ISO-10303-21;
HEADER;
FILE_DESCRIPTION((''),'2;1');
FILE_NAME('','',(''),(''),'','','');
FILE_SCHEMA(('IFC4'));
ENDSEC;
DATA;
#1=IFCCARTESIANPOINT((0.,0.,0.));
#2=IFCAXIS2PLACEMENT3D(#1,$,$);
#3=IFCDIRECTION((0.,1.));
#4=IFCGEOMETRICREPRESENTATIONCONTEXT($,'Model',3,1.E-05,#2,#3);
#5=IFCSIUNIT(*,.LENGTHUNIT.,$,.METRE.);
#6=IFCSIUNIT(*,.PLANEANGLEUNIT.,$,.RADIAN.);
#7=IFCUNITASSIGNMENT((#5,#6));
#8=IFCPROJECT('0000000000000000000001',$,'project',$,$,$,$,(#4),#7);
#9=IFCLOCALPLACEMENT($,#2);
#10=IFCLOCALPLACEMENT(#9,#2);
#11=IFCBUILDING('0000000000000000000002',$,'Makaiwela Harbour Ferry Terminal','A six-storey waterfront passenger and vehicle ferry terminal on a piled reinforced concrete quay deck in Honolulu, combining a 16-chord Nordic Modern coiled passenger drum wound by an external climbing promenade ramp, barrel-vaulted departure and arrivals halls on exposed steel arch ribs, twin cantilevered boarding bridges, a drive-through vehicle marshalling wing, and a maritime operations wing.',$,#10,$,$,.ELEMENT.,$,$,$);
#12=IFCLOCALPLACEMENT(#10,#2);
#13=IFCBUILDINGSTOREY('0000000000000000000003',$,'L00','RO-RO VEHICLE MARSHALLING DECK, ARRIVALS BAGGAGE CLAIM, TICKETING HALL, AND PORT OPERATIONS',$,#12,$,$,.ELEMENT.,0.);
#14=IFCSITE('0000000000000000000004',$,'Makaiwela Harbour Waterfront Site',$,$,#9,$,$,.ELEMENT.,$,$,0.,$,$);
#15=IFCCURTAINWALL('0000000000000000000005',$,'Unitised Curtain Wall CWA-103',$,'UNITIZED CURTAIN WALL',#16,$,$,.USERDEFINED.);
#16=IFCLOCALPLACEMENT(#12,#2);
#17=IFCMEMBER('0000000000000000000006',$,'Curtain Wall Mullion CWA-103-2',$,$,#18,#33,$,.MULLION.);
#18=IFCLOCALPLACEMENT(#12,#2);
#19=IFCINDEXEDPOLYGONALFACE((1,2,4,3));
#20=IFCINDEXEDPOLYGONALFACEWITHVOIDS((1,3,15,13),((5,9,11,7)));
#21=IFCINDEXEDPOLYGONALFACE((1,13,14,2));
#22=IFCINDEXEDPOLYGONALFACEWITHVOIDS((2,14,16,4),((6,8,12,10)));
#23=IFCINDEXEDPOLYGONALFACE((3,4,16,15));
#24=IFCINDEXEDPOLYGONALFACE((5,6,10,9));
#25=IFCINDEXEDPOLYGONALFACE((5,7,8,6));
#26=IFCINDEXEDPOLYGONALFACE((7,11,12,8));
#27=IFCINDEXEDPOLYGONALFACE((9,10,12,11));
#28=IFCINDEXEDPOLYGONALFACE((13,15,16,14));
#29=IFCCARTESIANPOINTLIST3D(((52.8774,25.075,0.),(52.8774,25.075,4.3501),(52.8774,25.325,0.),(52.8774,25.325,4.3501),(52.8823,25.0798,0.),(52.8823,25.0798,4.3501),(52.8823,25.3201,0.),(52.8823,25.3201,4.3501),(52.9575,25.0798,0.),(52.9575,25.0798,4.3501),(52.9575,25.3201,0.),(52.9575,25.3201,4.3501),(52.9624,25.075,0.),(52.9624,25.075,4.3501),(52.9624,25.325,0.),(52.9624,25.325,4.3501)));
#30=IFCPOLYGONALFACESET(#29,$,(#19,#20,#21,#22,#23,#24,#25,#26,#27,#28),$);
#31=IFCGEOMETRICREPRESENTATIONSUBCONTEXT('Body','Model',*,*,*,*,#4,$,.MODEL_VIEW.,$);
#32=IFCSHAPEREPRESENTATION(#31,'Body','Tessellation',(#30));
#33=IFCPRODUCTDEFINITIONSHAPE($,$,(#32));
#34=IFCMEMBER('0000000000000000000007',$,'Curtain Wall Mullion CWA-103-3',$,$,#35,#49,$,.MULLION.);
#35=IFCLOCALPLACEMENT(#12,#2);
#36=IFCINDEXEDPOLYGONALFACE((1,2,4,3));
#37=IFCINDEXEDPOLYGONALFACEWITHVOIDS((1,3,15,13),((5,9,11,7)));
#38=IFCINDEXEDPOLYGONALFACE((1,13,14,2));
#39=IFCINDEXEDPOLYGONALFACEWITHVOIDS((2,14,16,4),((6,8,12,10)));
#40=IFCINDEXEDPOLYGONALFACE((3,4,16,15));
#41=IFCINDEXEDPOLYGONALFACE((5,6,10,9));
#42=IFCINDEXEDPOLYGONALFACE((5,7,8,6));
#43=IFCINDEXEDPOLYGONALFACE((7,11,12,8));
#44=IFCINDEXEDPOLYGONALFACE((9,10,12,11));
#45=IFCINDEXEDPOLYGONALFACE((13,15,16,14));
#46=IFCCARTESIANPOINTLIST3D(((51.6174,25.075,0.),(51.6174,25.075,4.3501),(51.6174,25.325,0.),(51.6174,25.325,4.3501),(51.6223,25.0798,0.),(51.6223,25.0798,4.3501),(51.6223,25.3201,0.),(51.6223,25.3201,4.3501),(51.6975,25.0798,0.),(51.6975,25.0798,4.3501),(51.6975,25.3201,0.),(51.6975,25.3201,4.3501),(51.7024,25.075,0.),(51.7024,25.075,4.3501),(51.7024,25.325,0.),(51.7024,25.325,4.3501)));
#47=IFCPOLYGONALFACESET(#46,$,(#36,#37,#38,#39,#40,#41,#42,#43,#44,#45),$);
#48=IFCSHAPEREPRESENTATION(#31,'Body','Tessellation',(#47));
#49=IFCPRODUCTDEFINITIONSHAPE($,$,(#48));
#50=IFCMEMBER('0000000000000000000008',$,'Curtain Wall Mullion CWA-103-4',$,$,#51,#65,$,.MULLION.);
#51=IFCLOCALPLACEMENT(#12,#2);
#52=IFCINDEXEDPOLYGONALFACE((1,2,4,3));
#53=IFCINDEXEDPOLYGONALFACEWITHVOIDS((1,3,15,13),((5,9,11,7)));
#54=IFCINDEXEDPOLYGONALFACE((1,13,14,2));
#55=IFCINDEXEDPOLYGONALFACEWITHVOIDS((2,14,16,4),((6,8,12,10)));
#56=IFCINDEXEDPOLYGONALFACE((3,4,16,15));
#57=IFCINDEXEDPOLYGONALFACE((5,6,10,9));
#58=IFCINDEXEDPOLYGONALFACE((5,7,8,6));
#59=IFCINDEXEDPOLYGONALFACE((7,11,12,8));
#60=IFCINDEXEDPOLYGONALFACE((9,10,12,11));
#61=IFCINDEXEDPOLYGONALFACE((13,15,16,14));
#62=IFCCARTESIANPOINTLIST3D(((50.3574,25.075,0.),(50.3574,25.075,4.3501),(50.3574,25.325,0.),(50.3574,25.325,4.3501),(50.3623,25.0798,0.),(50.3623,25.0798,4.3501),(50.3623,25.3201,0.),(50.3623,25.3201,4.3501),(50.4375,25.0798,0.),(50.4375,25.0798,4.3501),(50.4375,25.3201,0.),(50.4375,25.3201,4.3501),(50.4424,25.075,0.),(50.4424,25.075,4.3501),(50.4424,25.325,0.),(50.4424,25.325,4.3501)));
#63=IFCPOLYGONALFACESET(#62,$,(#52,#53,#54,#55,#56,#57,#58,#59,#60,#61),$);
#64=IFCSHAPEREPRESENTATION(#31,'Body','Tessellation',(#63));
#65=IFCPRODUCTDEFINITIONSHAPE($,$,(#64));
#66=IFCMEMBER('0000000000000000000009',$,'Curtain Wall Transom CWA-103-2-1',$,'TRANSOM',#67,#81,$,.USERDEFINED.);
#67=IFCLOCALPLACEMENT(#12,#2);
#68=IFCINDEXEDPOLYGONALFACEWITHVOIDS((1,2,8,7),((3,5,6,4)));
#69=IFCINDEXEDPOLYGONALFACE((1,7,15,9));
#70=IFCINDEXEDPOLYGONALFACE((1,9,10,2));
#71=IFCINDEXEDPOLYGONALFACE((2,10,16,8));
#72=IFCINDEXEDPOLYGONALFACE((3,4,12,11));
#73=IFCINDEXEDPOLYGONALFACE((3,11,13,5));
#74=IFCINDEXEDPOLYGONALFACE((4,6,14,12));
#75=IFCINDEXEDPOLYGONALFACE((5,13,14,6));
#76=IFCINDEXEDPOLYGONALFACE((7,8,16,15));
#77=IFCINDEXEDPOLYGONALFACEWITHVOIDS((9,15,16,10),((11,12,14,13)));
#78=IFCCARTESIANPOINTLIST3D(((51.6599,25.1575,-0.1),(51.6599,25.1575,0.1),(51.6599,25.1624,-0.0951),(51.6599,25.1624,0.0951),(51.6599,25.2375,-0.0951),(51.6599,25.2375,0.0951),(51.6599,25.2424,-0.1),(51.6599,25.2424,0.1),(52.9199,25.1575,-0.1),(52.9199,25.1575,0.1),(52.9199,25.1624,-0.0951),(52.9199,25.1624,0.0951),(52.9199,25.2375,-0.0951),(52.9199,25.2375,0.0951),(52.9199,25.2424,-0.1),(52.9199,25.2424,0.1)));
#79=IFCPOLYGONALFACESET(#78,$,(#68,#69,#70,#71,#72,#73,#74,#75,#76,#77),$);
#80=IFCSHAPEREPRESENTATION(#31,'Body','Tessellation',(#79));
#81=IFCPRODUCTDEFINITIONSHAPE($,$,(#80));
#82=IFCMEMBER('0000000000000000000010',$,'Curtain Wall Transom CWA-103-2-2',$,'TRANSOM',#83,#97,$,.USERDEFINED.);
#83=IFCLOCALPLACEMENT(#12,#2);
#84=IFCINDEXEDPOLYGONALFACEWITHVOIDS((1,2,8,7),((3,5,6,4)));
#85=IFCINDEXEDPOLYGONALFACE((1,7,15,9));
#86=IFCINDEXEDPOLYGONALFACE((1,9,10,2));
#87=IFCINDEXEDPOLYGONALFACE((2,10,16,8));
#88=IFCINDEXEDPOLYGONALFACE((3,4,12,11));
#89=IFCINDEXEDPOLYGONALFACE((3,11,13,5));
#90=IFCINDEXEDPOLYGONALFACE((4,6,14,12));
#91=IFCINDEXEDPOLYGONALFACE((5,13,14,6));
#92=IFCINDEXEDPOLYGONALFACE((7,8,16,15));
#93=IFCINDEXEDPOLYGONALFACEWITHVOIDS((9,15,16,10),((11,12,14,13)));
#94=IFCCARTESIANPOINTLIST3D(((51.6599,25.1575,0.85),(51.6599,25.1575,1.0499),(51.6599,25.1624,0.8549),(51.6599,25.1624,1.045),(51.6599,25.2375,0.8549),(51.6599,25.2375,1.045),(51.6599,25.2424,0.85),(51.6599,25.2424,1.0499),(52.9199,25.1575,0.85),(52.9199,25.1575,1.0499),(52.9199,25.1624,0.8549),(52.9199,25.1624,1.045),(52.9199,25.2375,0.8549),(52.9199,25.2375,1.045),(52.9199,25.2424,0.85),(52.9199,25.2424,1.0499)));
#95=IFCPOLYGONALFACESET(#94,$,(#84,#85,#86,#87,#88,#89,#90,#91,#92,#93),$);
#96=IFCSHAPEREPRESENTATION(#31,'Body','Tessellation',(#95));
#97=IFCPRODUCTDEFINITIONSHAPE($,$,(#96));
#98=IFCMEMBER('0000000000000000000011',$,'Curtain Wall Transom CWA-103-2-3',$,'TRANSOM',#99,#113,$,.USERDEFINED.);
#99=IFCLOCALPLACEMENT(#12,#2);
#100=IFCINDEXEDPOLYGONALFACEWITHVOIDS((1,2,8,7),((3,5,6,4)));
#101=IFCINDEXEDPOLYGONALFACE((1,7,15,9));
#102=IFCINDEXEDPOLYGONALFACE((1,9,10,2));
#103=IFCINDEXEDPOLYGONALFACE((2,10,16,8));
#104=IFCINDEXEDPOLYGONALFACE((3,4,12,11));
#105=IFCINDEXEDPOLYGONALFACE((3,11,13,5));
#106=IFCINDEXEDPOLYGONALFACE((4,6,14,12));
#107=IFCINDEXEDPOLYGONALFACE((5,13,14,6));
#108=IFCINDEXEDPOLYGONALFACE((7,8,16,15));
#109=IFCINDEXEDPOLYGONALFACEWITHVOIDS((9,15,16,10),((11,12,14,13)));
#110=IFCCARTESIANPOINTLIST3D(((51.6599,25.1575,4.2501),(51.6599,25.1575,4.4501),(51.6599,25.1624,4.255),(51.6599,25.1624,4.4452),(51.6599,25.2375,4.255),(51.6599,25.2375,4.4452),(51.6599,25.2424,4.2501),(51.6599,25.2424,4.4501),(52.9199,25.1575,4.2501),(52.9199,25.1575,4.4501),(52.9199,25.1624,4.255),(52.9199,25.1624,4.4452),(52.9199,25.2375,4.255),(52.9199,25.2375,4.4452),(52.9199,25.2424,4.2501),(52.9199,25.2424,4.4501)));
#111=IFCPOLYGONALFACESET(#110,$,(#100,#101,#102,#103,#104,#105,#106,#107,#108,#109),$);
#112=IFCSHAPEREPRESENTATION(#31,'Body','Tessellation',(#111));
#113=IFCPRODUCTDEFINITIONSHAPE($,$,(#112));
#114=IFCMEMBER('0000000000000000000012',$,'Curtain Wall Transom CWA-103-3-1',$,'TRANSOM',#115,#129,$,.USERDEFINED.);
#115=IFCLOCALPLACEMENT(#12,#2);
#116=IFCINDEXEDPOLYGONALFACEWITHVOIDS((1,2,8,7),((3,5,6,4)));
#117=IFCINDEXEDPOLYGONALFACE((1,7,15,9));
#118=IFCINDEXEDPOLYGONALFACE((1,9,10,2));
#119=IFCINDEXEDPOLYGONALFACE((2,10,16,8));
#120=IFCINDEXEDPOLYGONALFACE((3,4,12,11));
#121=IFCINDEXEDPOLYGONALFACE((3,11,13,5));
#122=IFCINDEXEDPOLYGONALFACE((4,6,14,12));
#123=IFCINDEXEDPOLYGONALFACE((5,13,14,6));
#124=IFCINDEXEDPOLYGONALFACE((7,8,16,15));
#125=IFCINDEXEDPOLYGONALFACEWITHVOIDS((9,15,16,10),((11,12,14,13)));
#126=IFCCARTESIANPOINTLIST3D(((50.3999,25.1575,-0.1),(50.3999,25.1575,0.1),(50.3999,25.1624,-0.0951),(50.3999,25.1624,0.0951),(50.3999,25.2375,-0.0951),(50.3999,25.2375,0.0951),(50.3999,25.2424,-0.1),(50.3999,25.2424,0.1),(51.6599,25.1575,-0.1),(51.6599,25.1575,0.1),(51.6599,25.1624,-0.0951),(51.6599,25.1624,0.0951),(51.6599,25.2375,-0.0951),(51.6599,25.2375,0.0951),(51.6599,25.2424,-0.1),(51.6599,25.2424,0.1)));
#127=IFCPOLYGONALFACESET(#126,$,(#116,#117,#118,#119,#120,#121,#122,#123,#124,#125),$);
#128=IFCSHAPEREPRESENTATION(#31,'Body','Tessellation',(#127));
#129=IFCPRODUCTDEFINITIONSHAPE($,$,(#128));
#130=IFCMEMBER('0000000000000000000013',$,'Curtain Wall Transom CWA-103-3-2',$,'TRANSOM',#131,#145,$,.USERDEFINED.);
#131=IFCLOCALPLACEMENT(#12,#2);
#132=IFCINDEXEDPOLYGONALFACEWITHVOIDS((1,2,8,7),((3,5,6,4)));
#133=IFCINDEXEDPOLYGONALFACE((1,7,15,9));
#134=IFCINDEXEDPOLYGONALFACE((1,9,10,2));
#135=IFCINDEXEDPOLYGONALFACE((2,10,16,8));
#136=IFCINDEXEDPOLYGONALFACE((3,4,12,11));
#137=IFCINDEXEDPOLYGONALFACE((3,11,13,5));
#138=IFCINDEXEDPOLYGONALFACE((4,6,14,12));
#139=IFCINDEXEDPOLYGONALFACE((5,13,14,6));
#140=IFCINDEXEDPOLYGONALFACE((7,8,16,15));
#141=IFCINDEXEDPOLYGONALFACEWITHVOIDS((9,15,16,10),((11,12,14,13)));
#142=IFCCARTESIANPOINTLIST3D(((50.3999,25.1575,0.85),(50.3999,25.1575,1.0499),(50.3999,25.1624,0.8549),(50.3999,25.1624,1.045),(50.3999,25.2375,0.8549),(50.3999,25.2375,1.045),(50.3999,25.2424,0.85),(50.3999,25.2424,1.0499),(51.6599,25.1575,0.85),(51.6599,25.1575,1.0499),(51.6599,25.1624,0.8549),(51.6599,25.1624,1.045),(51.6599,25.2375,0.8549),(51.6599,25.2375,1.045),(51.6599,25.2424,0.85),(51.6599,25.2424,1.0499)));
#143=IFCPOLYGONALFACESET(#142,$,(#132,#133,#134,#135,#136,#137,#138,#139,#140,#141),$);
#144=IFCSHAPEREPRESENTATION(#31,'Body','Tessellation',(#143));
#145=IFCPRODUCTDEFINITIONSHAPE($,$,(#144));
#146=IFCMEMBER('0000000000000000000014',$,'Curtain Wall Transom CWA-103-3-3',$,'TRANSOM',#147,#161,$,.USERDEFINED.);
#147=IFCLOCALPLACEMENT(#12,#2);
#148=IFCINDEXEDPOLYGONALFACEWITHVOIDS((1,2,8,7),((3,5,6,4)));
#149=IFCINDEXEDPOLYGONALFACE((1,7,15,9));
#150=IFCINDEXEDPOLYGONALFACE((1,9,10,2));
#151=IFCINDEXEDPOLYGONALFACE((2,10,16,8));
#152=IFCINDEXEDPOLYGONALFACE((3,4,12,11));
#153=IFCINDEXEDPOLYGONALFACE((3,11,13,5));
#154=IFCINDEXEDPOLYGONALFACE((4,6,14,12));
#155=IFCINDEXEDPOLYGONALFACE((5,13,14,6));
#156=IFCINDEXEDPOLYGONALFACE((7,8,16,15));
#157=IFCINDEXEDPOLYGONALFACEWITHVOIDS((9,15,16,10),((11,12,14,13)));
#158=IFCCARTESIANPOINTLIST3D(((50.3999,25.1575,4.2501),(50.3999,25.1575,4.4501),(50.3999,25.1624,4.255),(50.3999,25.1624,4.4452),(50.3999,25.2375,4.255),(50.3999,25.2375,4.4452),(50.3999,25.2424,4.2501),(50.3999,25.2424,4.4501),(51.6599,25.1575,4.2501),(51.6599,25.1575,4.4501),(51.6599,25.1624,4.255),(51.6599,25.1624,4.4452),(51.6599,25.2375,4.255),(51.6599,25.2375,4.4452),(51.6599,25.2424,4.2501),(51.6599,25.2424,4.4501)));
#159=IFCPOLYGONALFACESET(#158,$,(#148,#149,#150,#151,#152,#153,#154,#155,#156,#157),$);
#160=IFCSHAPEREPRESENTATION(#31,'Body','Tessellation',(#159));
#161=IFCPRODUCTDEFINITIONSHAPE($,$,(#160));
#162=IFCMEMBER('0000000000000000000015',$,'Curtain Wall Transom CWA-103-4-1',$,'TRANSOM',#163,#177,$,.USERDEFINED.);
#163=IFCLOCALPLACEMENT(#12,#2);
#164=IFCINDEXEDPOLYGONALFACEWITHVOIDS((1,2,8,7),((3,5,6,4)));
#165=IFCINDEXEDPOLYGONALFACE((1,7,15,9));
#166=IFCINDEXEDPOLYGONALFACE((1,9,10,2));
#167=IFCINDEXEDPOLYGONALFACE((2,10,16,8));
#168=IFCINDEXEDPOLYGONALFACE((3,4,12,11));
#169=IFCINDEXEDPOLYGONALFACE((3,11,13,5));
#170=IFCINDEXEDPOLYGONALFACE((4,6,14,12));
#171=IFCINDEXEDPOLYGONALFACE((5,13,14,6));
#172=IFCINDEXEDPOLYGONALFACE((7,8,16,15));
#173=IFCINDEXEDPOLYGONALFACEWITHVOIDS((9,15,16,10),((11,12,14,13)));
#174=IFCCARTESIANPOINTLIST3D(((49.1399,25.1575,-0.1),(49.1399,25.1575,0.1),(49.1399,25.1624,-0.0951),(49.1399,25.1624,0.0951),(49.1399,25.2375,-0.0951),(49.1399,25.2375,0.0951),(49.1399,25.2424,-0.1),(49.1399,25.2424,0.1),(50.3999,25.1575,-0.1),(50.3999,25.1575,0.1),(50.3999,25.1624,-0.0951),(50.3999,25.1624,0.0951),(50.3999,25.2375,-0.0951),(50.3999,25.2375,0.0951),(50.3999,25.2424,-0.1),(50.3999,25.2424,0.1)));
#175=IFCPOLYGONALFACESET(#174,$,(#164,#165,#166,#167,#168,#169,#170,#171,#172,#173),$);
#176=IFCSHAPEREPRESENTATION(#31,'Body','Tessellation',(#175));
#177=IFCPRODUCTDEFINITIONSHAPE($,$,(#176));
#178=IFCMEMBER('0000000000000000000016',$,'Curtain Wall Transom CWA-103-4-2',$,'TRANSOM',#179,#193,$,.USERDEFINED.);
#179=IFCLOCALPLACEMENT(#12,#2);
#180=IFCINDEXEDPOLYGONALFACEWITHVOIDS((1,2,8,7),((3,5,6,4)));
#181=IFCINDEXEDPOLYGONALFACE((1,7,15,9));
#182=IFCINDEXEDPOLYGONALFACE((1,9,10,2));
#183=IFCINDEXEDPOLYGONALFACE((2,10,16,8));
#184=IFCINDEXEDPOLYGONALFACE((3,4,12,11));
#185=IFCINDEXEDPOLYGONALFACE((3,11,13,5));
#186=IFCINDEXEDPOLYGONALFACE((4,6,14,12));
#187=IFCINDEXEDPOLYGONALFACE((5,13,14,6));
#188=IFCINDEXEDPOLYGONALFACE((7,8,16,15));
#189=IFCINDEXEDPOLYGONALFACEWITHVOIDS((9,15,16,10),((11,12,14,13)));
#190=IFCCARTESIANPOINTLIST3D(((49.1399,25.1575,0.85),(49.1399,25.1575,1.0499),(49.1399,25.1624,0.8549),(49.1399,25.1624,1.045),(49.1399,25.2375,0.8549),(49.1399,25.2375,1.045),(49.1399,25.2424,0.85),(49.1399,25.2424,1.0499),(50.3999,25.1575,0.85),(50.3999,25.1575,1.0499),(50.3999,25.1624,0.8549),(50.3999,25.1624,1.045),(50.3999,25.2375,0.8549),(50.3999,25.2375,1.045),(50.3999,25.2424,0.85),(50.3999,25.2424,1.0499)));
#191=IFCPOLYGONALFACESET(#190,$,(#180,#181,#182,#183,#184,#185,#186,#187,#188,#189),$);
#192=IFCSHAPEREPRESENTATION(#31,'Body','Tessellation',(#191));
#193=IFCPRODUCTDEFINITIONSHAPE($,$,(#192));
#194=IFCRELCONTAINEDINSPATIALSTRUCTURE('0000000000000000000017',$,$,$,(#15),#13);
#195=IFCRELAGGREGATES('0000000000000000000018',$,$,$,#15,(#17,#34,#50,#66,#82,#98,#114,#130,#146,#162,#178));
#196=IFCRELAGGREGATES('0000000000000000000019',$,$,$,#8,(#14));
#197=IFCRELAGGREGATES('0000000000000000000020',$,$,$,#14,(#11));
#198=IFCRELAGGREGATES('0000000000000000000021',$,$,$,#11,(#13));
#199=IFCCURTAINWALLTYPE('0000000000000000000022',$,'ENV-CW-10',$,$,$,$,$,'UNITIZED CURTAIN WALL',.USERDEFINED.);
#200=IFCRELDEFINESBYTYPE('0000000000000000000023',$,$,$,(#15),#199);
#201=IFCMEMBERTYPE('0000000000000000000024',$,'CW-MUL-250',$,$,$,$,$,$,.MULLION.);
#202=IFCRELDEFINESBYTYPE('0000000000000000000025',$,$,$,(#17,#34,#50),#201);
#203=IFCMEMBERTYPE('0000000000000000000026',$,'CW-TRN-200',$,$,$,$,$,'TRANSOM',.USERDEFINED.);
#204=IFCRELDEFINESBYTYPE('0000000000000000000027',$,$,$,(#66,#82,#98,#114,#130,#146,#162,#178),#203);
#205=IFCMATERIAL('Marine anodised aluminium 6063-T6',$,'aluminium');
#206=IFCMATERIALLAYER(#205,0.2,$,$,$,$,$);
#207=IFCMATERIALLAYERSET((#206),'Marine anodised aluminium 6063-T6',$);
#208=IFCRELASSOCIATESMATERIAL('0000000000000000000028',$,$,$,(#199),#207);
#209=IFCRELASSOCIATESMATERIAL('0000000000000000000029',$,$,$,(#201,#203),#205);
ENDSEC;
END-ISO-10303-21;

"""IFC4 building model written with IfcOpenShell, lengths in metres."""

from ifc_helpers import new_model, si_unit, direction, frame, origin, origin_2d, place, context, subcontext, project, spatial, hollow_rectangle, extrude, material, layer, layer_set, material_profile, profile_set, type_object, element, aggregate, save


model = new_model("IFC4")

# Units and contexts
model_context = context("Model", 3, precision=1e-05, world=origin(), true_north=direction((0.0, 1.0)))
body_context = subcontext(model_context, "Body", "Model", "MODEL_VIEW")
ifc_project = project(units=[si_unit("LENGTHUNIT", "METRE"), si_unit("PLANEANGLEUNIT", "RADIAN")], contexts=[model_context])

# Site, building, storey
site_placement = place(None, origin())
site = spatial("IfcSite", under=ifc_project, at=site_placement, Name="Makaiwela Harbour Waterfront Site", CompositionType="ELEMENT", RefElevation=0.0)
building_placement = place(site_placement, origin())
building = spatial("IfcBuilding", under=site, at=building_placement, Name="Makaiwela Harbour Ferry Terminal", Description="A six-storey waterfront passenger and vehicle ferry terminal on a piled reinforced concrete quay deck in Honolulu, combining a 16-chord Nordic Modern coiled passenger drum wound by an external climbing promenade ramp, barrel-vaulted departure and arrivals halls on exposed steel arch ribs, twin cantilevered boarding bridges, a drive-through vehicle marshalling wing, and a maritime operations wing.", CompositionType="ELEMENT")
storey_placement = place(building_placement, origin())
storey = spatial("IfcBuildingStorey", under=building, at=storey_placement, Name="L00", Description="RO-RO VEHICLE MARSHALLING DECK, ARRIVALS BAGGAGE CLAIM, TICKETING HALL, AND PORT OPERATIONS", CompositionType="ELEMENT", Elevation=0.0)

# Curtain wall, members
ifc_material_1 = material(Name="Marine anodised aluminium 6063-T6", Category="aluminium")
ifc_layer_1 = layer(ifc_material_1, 0.2)
ifc_layer_set_1 = layer_set([ifc_layer_1], Name="Marine anodised aluminium 6063-T6")
curtain_wall_type = type_object("IfcCurtainWallType", Name="ENV-CW-10", ElementType="UNITIZED CURTAIN WALL", PredefinedType="USERDEFINED", material=ifc_layer_set_1)
curtain_wall_placement = place(storey_placement, origin())
curtain_wall = element("IfcCurtainWall", 1, at=curtain_wall_placement, inside=storey, type_object=curtain_wall_type, Name="Unitised Curtain Wall CWA-103", ObjectType="UNITIZED CURTAIN WALL", PredefinedType="USERDEFINED")
ifc_material_profile_1 = material_profile(ifc_material_1, hollow_rectangle(XDim=0.085, YDim=0.25, WallThickness=0.0049, at=origin_2d()), Name="CWM-250X85")
ifc_profile_set_1 = profile_set([ifc_material_profile_1], Name="Marine anodised aluminium 6063-T6")
member_type_1 = type_object("IfcMemberType", Name="CW-MUL-250", PredefinedType="MULLION", material=ifc_profile_set_1)
member_1_placement = place(storey_placement, frame((52.9199, 25.2, 0.0), z_axis=(0.0, 0.0, 1.0), x_axis=(1.0, 0.0, 0.0)))
member_1 = element("IfcMember", 2, at=member_1_placement, type_object=member_type_1, Name="Curtain Wall Mullion CWA-103-2", PredefinedType="MULLION", context=body_context, shape_type="SweptSolid", body=[
    extrude(hollow_rectangle(XDim=0.085, YDim=0.25, WallThickness=0.0049, at=origin_2d()), origin(), (0.0, 0.0, 1.0), 4.3501),
])
member_2_placement = place(storey_placement, frame((51.6599, 25.2, 0.0), z_axis=(0.0, 0.0, 1.0), x_axis=(1.0, 0.0, 0.0)))
member_2 = element("IfcMember", 3, at=member_2_placement, type_object=member_type_1, Name="Curtain Wall Mullion CWA-103-3", PredefinedType="MULLION", context=body_context, shape_type="SweptSolid", body=[
    extrude(hollow_rectangle(XDim=0.085, YDim=0.25, WallThickness=0.0049, at=origin_2d()), origin(), (0.0, 0.0, 1.0), 4.3501),
])
member_3_placement = place(storey_placement, frame((50.3999, 25.2, 0.0), z_axis=(0.0, 0.0, 1.0), x_axis=(1.0, 0.0, 0.0)))
member_3 = element("IfcMember", 4, at=member_3_placement, type_object=member_type_1, Name="Curtain Wall Mullion CWA-103-4", PredefinedType="MULLION", context=body_context, shape_type="SweptSolid", body=[
    extrude(hollow_rectangle(XDim=0.085, YDim=0.25, WallThickness=0.0049, at=origin_2d()), origin(), (0.0, 0.0, 1.0), 4.3501),
])
ifc_material_profile_2 = material_profile(ifc_material_1, hollow_rectangle(XDim=0.085, YDim=0.2, WallThickness=0.0049, at=origin_2d()), Name="CWT-200X85")
ifc_profile_set_2 = profile_set([ifc_material_profile_2], Name="Marine anodised aluminium 6063-T6")
member_type_2 = type_object("IfcMemberType", Name="CW-TRN-200", ElementType="TRANSOM", PredefinedType="USERDEFINED", material=ifc_profile_set_2)
member_4_placement = place(storey_placement, frame((52.9199, 25.2, 0.0), z_axis=(-1.0, 0.0, 0.0), x_axis=(0.0, -1.0, 0.0)))
member_4 = element("IfcMember", 5, at=member_4_placement, type_object=member_type_2, Name="Curtain Wall Transom CWA-103-2-1", ObjectType="TRANSOM", PredefinedType="USERDEFINED", context=body_context, shape_type="SweptSolid", body=[
    extrude(hollow_rectangle(XDim=0.085, YDim=0.2, WallThickness=0.0049, at=origin_2d()), origin(), (0.0, 0.0, 1.0), 1.26),
])
member_5_placement = place(storey_placement, frame((52.9199, 25.2, 0.95), z_axis=(-1.0, 0.0, 0.0), x_axis=(0.0, -1.0, 0.0)))
member_5 = element("IfcMember", 6, at=member_5_placement, type_object=member_type_2, Name="Curtain Wall Transom CWA-103-2-2", ObjectType="TRANSOM", PredefinedType="USERDEFINED", context=body_context, shape_type="SweptSolid", body=[
    extrude(hollow_rectangle(XDim=0.085, YDim=0.2, WallThickness=0.0049, at=origin_2d()), origin(), (0.0, 0.0, 1.0), 1.26),
])
member_6_placement = place(storey_placement, frame((52.9199, 25.2, 4.3501), z_axis=(-1.0, 0.0, 0.0), x_axis=(0.0, -1.0, 0.0)))
member_6 = element("IfcMember", 7, at=member_6_placement, type_object=member_type_2, Name="Curtain Wall Transom CWA-103-2-3", ObjectType="TRANSOM", PredefinedType="USERDEFINED", context=body_context, shape_type="SweptSolid", body=[
    extrude(hollow_rectangle(XDim=0.085, YDim=0.2, WallThickness=0.0049, at=origin_2d()), origin(), (0.0, 0.0, 1.0), 1.26),
])
member_7_placement = place(storey_placement, frame((51.6599, 25.2, 0.0), z_axis=(-1.0, 0.0, 0.0), x_axis=(0.0, -1.0, 0.0)))
member_7 = element("IfcMember", 8, at=member_7_placement, type_object=member_type_2, Name="Curtain Wall Transom CWA-103-3-1", ObjectType="TRANSOM", PredefinedType="USERDEFINED", context=body_context, shape_type="SweptSolid", body=[
    extrude(hollow_rectangle(XDim=0.085, YDim=0.2, WallThickness=0.0049, at=origin_2d()), origin(), (0.0, 0.0, 1.0), 1.26),
])
member_8_placement = place(storey_placement, frame((51.6599, 25.2, 0.95), z_axis=(-1.0, 0.0, 0.0), x_axis=(0.0, -1.0, 0.0)))
member_8 = element("IfcMember", 9, at=member_8_placement, type_object=member_type_2, Name="Curtain Wall Transom CWA-103-3-2", ObjectType="TRANSOM", PredefinedType="USERDEFINED", context=body_context, shape_type="SweptSolid", body=[
    extrude(hollow_rectangle(XDim=0.085, YDim=0.2, WallThickness=0.0049, at=origin_2d()), origin(), (0.0, 0.0, 1.0), 1.26),
])
member_9_placement = place(storey_placement, frame((51.6599, 25.2, 4.3501), z_axis=(-1.0, 0.0, 0.0), x_axis=(0.0, -1.0, 0.0)))
member_9 = element("IfcMember", 10, at=member_9_placement, type_object=member_type_2, Name="Curtain Wall Transom CWA-103-3-3", ObjectType="TRANSOM", PredefinedType="USERDEFINED", context=body_context, shape_type="SweptSolid", body=[
    extrude(hollow_rectangle(XDim=0.085, YDim=0.2, WallThickness=0.0049, at=origin_2d()), origin(), (0.0, 0.0, 1.0), 1.26),
])
member_10_placement = place(storey_placement, frame((50.3999, 25.2, 0.0), z_axis=(-1.0, 0.0, 0.0), x_axis=(0.0, -1.0, 0.0)))
member_10 = element("IfcMember", 11, at=member_10_placement, type_object=member_type_2, Name="Curtain Wall Transom CWA-103-4-1", ObjectType="TRANSOM", PredefinedType="USERDEFINED", context=body_context, shape_type="SweptSolid", body=[
    extrude(hollow_rectangle(XDim=0.085, YDim=0.2, WallThickness=0.0049, at=origin_2d()), origin(), (0.0, 0.0, 1.0), 1.26),
])
member_11_placement = place(storey_placement, frame((50.3999, 25.2, 0.95), z_axis=(-1.0, 0.0, 0.0), x_axis=(0.0, -1.0, 0.0)))
member_11 = element("IfcMember", 12, at=member_11_placement, type_object=member_type_2, Name="Curtain Wall Transom CWA-103-4-2", ObjectType="TRANSOM", PredefinedType="USERDEFINED", context=body_context, shape_type="SweptSolid", body=[
    extrude(hollow_rectangle(XDim=0.085, YDim=0.2, WallThickness=0.0049, at=origin_2d()), origin(), (0.0, 0.0, 1.0), 1.26),
])
aggregate(curtain_wall, [member_1, member_2, member_3, member_4, member_5, member_6, member_7, member_8, member_9, member_10, member_11])

save(model, "model.ifc")
